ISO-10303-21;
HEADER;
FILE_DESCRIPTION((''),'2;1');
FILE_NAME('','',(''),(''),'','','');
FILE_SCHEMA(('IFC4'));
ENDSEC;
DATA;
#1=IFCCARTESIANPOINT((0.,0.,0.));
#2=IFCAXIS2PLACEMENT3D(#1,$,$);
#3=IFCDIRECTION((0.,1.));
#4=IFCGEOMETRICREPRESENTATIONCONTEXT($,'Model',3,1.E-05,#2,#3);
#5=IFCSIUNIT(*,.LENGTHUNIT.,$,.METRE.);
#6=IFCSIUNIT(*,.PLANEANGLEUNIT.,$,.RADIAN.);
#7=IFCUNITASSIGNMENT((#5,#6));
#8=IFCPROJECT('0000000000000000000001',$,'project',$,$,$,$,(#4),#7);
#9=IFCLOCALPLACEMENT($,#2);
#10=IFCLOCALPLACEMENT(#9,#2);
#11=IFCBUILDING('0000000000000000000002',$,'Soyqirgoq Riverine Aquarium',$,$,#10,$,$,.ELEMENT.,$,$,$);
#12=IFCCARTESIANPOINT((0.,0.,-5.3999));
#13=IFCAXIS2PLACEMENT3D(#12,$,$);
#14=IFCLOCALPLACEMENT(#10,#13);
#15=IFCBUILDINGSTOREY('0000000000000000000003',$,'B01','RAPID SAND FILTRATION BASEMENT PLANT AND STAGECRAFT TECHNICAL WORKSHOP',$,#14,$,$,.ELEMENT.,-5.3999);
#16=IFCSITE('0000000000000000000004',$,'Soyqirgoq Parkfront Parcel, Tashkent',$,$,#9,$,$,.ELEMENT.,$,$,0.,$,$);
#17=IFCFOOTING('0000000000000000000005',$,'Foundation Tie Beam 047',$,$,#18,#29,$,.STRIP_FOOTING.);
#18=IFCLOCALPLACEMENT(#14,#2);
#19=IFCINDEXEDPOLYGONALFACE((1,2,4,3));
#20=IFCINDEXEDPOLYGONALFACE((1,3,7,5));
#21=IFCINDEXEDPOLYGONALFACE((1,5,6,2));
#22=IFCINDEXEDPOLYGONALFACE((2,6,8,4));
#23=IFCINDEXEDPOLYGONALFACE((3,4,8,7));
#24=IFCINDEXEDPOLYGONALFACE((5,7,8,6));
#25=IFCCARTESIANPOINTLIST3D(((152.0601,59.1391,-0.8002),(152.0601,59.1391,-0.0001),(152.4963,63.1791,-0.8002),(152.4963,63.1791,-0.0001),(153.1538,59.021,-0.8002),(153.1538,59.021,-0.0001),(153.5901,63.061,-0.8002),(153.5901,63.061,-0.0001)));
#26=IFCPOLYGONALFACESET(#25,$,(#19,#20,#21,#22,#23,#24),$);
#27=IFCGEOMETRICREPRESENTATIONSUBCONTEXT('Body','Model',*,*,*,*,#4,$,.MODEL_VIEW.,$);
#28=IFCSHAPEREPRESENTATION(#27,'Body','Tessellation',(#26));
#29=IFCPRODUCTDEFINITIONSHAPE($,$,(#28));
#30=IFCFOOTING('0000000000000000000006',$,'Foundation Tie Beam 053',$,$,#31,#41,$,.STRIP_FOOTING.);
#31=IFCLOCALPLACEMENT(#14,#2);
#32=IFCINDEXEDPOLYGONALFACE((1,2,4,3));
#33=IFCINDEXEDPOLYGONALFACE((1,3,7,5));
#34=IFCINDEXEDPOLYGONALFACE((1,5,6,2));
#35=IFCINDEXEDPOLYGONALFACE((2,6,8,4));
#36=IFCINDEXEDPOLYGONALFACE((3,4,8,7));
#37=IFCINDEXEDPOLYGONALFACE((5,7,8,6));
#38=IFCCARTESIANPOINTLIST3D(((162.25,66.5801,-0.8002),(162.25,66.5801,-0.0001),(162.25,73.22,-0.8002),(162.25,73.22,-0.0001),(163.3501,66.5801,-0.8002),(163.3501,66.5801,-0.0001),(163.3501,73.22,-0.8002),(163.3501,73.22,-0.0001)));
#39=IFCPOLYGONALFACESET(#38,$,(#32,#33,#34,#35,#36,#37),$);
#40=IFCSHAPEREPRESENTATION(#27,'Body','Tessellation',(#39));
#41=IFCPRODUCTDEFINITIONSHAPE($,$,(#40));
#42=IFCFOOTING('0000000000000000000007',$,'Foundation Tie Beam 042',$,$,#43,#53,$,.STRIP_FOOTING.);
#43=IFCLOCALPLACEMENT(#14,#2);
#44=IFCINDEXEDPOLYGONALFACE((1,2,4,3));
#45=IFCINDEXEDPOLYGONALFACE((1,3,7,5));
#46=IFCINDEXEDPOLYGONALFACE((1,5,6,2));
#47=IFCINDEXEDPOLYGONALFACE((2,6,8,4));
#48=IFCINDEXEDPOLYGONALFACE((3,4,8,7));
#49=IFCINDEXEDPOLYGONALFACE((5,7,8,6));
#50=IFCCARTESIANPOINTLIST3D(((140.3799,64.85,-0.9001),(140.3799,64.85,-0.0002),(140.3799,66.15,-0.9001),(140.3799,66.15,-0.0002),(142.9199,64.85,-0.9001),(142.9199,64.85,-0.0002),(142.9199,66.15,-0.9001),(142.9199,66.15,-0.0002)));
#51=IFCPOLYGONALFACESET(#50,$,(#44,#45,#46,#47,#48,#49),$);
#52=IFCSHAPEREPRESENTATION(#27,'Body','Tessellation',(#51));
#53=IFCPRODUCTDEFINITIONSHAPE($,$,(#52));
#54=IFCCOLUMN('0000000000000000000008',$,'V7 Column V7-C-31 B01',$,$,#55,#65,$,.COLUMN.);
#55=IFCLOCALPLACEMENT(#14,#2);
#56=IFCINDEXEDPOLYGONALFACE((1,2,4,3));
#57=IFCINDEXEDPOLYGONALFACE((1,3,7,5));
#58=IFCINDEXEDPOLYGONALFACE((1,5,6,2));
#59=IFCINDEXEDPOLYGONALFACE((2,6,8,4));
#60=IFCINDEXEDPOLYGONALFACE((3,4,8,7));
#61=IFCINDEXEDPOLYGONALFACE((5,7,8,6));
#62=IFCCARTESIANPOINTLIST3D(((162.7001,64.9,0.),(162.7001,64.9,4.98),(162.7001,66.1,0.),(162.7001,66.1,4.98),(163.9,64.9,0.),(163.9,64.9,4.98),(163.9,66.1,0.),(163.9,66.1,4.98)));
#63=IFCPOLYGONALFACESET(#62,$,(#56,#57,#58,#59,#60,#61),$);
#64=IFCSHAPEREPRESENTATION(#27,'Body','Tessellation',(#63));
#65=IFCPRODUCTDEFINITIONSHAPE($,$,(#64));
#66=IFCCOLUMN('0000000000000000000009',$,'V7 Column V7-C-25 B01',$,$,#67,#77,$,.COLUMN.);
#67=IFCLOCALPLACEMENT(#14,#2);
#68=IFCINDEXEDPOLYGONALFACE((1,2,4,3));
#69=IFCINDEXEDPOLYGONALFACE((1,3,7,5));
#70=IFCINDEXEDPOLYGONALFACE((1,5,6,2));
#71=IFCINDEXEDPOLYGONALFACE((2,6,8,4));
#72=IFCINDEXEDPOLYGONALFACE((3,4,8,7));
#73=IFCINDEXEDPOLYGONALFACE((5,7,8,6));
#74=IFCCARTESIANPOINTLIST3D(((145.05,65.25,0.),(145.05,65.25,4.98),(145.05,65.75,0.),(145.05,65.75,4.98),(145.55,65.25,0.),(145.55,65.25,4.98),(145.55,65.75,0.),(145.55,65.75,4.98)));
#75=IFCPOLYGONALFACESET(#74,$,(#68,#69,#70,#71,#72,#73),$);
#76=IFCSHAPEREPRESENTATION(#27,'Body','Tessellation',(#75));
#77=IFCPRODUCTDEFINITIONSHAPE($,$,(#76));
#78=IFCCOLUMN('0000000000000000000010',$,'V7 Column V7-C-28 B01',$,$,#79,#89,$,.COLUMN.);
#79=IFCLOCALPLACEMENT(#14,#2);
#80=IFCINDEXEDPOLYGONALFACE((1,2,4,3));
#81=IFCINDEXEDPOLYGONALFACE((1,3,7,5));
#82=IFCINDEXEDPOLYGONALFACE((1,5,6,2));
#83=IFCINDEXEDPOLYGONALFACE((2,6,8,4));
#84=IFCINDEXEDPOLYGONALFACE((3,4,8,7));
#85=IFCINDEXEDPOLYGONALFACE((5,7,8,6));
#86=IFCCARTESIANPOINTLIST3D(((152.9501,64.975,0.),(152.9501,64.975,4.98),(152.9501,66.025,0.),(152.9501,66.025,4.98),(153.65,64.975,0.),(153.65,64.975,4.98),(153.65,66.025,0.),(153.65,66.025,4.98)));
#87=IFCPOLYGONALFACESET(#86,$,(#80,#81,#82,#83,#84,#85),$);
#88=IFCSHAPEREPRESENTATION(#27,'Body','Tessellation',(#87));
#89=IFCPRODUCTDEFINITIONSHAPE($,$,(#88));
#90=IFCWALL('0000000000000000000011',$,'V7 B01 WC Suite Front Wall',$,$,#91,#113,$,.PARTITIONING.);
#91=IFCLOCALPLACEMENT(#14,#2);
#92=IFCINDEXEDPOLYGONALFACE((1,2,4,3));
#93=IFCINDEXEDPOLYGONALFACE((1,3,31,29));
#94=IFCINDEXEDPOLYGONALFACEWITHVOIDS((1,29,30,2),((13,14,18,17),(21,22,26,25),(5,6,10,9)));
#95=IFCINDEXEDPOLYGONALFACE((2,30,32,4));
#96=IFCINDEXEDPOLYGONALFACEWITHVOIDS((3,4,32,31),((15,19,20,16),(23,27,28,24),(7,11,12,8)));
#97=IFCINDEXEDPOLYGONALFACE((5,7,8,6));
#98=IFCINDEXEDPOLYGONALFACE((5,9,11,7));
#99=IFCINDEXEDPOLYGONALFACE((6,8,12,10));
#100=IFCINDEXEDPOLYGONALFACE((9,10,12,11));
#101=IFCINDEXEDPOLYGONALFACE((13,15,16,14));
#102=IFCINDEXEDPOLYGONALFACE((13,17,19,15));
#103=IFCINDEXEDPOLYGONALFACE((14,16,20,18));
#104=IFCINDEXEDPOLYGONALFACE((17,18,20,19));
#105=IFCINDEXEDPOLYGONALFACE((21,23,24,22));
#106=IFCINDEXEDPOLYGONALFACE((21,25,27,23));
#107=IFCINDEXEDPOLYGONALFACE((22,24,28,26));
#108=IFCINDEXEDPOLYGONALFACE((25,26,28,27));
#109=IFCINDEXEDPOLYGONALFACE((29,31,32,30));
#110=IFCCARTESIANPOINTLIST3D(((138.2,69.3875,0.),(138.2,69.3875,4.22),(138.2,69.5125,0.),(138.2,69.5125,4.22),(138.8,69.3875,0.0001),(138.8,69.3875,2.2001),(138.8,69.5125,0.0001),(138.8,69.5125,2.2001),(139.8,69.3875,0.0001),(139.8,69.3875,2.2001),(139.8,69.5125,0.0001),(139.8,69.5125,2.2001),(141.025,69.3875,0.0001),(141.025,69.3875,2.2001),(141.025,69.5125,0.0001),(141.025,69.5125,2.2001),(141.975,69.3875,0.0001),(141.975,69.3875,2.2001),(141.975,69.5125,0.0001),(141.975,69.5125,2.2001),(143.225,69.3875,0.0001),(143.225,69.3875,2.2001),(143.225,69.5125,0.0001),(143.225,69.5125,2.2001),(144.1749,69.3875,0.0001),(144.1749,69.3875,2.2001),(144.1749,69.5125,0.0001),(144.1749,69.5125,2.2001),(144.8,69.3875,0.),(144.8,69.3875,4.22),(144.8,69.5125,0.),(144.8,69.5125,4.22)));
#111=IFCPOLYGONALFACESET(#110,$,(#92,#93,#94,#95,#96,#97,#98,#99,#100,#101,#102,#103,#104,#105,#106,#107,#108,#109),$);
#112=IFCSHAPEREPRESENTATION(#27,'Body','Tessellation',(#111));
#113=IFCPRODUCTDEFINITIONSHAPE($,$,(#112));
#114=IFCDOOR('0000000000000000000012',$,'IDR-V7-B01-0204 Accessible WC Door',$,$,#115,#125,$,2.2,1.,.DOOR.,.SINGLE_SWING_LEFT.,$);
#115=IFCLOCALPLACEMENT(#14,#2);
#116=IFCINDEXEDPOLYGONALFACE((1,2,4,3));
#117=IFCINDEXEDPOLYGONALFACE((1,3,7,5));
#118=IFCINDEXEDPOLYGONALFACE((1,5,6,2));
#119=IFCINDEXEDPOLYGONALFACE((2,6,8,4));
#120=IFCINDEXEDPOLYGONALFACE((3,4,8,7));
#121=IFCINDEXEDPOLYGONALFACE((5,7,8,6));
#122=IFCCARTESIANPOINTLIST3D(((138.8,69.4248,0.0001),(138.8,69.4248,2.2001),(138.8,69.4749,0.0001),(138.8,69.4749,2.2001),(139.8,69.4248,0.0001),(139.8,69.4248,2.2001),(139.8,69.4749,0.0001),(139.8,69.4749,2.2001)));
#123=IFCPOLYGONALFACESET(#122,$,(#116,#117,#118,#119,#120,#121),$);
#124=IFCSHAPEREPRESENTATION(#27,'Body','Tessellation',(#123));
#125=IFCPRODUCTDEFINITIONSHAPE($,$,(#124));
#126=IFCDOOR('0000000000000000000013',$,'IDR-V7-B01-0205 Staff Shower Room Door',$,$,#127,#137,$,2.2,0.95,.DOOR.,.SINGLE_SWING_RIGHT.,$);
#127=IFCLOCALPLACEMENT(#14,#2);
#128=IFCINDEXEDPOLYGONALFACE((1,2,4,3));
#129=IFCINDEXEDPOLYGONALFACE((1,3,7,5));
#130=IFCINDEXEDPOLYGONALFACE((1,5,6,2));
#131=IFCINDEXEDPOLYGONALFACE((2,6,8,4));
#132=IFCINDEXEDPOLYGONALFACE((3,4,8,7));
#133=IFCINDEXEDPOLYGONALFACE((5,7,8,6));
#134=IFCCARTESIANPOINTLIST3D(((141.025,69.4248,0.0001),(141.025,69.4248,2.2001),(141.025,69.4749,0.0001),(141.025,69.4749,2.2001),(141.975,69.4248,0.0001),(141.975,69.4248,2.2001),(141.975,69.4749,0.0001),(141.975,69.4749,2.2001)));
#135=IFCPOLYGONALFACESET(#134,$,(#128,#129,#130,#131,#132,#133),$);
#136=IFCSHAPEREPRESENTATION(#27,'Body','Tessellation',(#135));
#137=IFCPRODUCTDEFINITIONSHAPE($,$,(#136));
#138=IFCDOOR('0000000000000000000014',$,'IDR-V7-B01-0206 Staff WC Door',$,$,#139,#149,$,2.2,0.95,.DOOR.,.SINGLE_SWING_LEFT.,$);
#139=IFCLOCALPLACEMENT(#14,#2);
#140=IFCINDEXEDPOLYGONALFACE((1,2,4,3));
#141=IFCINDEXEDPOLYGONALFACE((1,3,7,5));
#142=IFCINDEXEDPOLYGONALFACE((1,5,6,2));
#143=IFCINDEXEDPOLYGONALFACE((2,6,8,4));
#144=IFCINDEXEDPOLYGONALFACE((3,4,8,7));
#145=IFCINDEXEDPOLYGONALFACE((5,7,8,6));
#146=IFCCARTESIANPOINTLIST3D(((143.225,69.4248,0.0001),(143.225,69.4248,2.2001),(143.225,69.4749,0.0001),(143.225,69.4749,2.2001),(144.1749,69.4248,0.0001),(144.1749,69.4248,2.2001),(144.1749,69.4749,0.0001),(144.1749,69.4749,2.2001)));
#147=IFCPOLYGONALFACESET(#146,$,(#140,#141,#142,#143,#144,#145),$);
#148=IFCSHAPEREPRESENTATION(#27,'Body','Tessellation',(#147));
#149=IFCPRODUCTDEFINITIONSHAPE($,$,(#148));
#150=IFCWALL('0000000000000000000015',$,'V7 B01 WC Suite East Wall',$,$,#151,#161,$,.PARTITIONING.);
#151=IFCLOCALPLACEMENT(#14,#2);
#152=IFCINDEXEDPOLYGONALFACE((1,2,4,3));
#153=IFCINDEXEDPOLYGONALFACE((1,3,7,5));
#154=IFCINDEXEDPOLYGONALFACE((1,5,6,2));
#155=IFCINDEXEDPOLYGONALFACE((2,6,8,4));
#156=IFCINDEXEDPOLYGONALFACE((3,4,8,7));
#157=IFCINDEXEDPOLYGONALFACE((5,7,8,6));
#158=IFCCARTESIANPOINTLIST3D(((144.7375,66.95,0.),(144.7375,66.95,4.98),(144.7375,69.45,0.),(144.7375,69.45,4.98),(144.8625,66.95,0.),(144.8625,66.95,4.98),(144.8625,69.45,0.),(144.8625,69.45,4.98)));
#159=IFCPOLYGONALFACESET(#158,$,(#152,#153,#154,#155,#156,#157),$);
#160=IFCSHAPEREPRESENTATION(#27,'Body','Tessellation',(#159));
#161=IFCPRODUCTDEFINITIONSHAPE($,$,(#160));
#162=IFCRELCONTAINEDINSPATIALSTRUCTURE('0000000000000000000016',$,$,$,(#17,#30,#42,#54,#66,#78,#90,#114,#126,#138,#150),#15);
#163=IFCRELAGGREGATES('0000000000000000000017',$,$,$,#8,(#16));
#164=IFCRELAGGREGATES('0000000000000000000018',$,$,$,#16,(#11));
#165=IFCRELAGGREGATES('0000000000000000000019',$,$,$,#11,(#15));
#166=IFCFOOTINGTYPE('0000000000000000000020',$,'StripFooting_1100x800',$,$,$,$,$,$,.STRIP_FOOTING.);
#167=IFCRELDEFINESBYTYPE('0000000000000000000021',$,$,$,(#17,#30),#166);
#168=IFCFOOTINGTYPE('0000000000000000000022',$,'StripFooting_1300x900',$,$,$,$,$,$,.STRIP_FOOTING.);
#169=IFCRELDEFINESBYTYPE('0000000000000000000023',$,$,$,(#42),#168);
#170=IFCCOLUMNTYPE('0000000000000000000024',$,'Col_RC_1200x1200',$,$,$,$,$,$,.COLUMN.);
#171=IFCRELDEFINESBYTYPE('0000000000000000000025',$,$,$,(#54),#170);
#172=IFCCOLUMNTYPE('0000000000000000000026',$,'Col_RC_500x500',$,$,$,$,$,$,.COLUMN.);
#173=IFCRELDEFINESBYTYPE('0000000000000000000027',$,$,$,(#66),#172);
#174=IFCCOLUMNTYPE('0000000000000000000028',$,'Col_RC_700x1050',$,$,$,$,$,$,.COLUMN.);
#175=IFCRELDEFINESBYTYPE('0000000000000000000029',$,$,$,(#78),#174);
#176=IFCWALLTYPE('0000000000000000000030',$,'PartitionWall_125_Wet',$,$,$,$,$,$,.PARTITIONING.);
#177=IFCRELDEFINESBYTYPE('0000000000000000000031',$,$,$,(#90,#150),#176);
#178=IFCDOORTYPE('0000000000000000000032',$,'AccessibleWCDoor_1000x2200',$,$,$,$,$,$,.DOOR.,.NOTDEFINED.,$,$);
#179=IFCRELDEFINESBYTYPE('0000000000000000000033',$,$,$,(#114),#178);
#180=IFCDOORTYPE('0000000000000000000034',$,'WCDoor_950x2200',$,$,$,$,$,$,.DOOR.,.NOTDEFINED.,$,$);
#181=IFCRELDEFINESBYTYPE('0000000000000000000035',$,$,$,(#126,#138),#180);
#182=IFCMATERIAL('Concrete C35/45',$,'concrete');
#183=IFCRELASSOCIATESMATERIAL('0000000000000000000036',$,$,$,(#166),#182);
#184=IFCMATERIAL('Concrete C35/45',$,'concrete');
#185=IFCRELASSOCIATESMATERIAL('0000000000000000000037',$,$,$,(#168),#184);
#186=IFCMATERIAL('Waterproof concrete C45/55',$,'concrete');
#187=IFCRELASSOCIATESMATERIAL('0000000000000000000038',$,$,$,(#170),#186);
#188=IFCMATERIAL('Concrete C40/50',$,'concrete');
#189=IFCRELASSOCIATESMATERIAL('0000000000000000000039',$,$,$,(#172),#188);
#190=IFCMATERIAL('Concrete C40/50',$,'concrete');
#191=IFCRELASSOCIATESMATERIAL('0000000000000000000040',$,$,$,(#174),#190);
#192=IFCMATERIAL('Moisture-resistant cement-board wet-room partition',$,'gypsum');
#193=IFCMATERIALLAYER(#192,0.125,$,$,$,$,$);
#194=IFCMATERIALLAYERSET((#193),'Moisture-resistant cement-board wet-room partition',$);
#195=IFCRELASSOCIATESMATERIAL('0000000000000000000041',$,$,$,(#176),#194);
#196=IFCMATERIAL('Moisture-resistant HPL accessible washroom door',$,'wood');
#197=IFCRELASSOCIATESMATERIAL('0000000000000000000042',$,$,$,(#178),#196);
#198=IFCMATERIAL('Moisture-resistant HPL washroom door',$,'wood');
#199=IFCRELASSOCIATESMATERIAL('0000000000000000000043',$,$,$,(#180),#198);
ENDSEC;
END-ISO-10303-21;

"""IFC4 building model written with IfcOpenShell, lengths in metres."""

from ifc_helpers import new_model, si_unit, direction, frame, frame_2d, origin, origin_2d, place, context, subcontext, project, spatial, rectangle, extrude, material, layer, layer_set, material_profile, profile_set, type_object, element, fill, save


model = new_model("IFC4")

# Units and contexts
model_context = context("Model", 3, precision=1e-05, world=origin(), true_north=direction((0.0, 1.0)))
body_context = subcontext(model_context, "Body", "Model", "MODEL_VIEW")
ifc_project = project(units=[si_unit("LENGTHUNIT", "METRE"), si_unit("PLANEANGLEUNIT", "RADIAN")], contexts=[model_context])

# Site, building, storey
site_placement = place(None, origin())
site = spatial("IfcSite", under=ifc_project, at=site_placement, Name="Soyqirgoq Parkfront Parcel, Tashkent", CompositionType="ELEMENT", RefElevation=0.0)
building_placement = place(site_placement, origin())
building = spatial("IfcBuilding", under=site, at=building_placement, Name="Soyqirgoq Riverine Aquarium", CompositionType="ELEMENT")
storey_placement = place(building_placement, frame((0.0, 0.0, -5.3999)))
storey = spatial("IfcBuildingStorey", under=building, at=storey_placement, Name="B01", Description="RAPID SAND FILTRATION BASEMENT PLANT AND STAGECRAFT TECHNICAL WORKSHOP", CompositionType="ELEMENT", Elevation=-5.3999)

# Footings
ifc_material_1 = material(Name="Concrete C35/45", Category="concrete")
ifc_material_profile_1 = material_profile(ifc_material_1, rectangle(XDim=1.1001, YDim=0.8, at=origin_2d()), Name="RC 1100x800")
ifc_profile_set_1 = profile_set([ifc_material_profile_1], Name="Concrete C35/45")
footing_type_1 = type_object("IfcFootingType", Name="StripFooting_1100x800", PredefinedType="STRIP_FOOTING", material=ifc_profile_set_1)
footing_1_placement = place(storey_placement, frame((152.6069, 59.0801, -0.4001), z_axis=(0.107365, 0.99422, 0.0), x_axis=(-0.99422, 0.107365, 0.0)))
element("IfcFooting", 1, at=footing_1_placement, inside=storey, type_object=footing_type_1, Name="Foundation Tie Beam 047", PredefinedType="STRIP_FOOTING", context=body_context, shape_type="SweptSolid", body=[
    extrude(rectangle(XDim=1.1001, YDim=0.8, at=origin_2d()), origin(), (0.0, 0.0, 1.0), 4.0635),
])
footing_2_placement = place(storey_placement, frame((162.8, 66.5801, -0.4001), z_axis=(0.0, 1.0, 0.0), x_axis=(-1.0, 0.0, 0.0)))
element("IfcFooting", 2, at=footing_2_placement, inside=storey, type_object=footing_type_1, Name="Foundation Tie Beam 053", PredefinedType="STRIP_FOOTING", context=body_context, shape_type="SweptSolid", body=[
    extrude(rectangle(XDim=1.1001, YDim=0.8, at=origin_2d()), origin(), (0.0, 0.0, 1.0), 6.6399),
])
ifc_material_2 = material(Name="Concrete C35/45", Category="concrete")
ifc_material_profile_2 = material_profile(ifc_material_2, rectangle(XDim=1.3, YDim=0.8999, at=origin_2d()), Name="RC 1300x900")
ifc_profile_set_2 = profile_set([ifc_material_profile_2], Name="Concrete C35/45")
footing_type_2 = type_object("IfcFootingType", Name="StripFooting_1300x900", PredefinedType="STRIP_FOOTING", material=ifc_profile_set_2)
footing_3_placement = place(storey_placement, frame((140.3799, 65.5, -0.4502), z_axis=(1.0, 0.0, 0.0), x_axis=(0.0, 1.0, 0.0)))
element("IfcFooting", 3, at=footing_3_placement, inside=storey, type_object=footing_type_2, Name="Foundation Tie Beam 042", PredefinedType="STRIP_FOOTING", context=body_context, shape_type="SweptSolid", body=[
    extrude(rectangle(XDim=1.3, YDim=0.8999, at=origin_2d()), origin(), (0.0, 0.0, 1.0), 2.54),
])

# Columns
ifc_material_3 = material(Name="Waterproof concrete C45/55", Category="concrete")
ifc_material_profile_3 = material_profile(ifc_material_3, rectangle(XDim=1.2, YDim=1.2, at=origin_2d()), Name="RC 1200x1200")
ifc_profile_set_3 = profile_set([ifc_material_profile_3], Name="Waterproof concrete C45/55")
column_type_1 = type_object("IfcColumnType", Name="Col_RC_1200x1200", PredefinedType="COLUMN", material=ifc_profile_set_3)
column_1_placement = place(storey_placement, frame((163.3, 65.5, 0.0), z_axis=(0.0, 0.0, 1.0), x_axis=(1.0, 0.0, 0.0)))
element("IfcColumn", 4, at=column_1_placement, inside=storey, type_object=column_type_1, Name="V7 Column V7-C-31 B01", PredefinedType="COLUMN", context=body_context, shape_type="SweptSolid", body=[
    extrude(rectangle(XDim=1.2, YDim=1.2, at=origin_2d()), origin(), (0.0, 0.0, 1.0), 4.98),
])
ifc_material_4 = material(Name="Concrete C40/50", Category="concrete")
ifc_material_profile_4 = material_profile(ifc_material_4, rectangle(XDim=0.5, YDim=0.5, at=origin_2d()), Name="RC 500x500")
ifc_profile_set_4 = profile_set([ifc_material_profile_4], Name="Concrete C40/50")
column_type_2 = type_object("IfcColumnType", Name="Col_RC_500x500", PredefinedType="COLUMN", material=ifc_profile_set_4)
column_2_placement = place(storey_placement, frame((145.3, 65.5, 0.0), z_axis=(0.0, 0.0, 1.0), x_axis=(1.0, 0.0, 0.0)))
element("IfcColumn", 5, at=column_2_placement, inside=storey, type_object=column_type_2, Name="V7 Column V7-C-25 B01", PredefinedType="COLUMN", context=body_context, shape_type="SweptSolid", body=[
    extrude(rectangle(XDim=0.5, YDim=0.5, at=origin_2d()), origin(), (0.0, 0.0, 1.0), 4.98),
])
ifc_material_5 = material(Name="Concrete C40/50", Category="concrete")
ifc_material_profile_5 = material_profile(ifc_material_5, rectangle(XDim=0.7, YDim=1.05, at=origin_2d()), Name="RC-COL 700x1050")
ifc_profile_set_5 = profile_set([ifc_material_profile_5], Name="Concrete C40/50")
column_type_3 = type_object("IfcColumnType", Name="Col_RC_700x1050", PredefinedType="COLUMN", material=ifc_profile_set_5)
column_3_placement = place(storey_placement, frame((153.3, 65.5, 0.0), z_axis=(0.0, 0.0, 1.0), x_axis=(1.0, 0.0, 0.0)))
element("IfcColumn", 6, at=column_3_placement, inside=storey, type_object=column_type_3, Name="V7 Column V7-C-28 B01", PredefinedType="COLUMN", context=body_context, shape_type="SweptSolid", body=[
    extrude(rectangle(XDim=0.7, YDim=1.05, at=origin_2d()), origin(), (0.0, 0.0, 1.0), 4.98),
])

# Wall, openings, doors
ifc_material_6 = material(Name="Moisture-resistant cement-board wet-room partition", Category="gypsum")
ifc_layer = layer(ifc_material_6, 0.125)
ifc_layer_set = layer_set([ifc_layer], Name="Moisture-resistant cement-board wet-room partition")
wall_type = type_object("IfcWallType", Name="PartitionWall_125_Wet", PredefinedType="PARTITIONING", material=ifc_layer_set)
wall_1_placement = place(storey_placement, frame((138.2, 69.45, 0.0), z_axis=(0.0, 0.0, 1.0), x_axis=(1.0, 0.0, 0.0)))
wall_1 = element("IfcWall", 7, at=wall_1_placement, inside=storey, type_object=wall_type, Name="V7 B01 WC Suite Front Wall", PredefinedType="PARTITIONING", context=body_context, shape_type="SweptSolid", body=[
    extrude(rectangle(XDim=6.6001, YDim=0.125, at=frame_2d((3.3, 0.0))), origin(), (0.0, 0.0, 1.0), 4.22),
])
opening_1_placement = place(wall_1_placement, frame((0.6001, 0.0, 0.0)))
opening_1 = element("IfcOpeningElement", 8, at=opening_1_placement, cuts=wall_1, PredefinedType="OPENING", context=body_context, shape_type="SweptSolid", body=[
    extrude(rectangle(XDim=1.0, YDim=2.2, at=frame_2d((0.5, 1.1001))), frame((0.0, 0.0725, 0.0), z_axis=(0.0, -1.0, 0.0), x_axis=(1.0, 0.0, 0.0)), (0.0, 0.0, 1.0), 0.145),
])
opening_2_placement = place(wall_1_placement, frame((2.825, 0.0, 0.0)))
opening_2 = element("IfcOpeningElement", 9, at=opening_2_placement, cuts=wall_1, PredefinedType="OPENING", context=body_context, shape_type="SweptSolid", body=[
    extrude(rectangle(XDim=0.95, YDim=2.2, at=frame_2d((0.4751, 1.1001))), frame((0.0, 0.0725, 0.0), z_axis=(0.0, -1.0, 0.0), x_axis=(1.0, 0.0, 0.0)), (0.0, 0.0, 1.0), 0.145),
])
opening_3_placement = place(wall_1_placement, frame((5.0249, 0.0, 0.0)))
opening_3 = element("IfcOpeningElement", 10, at=opening_3_placement, cuts=wall_1, PredefinedType="OPENING", context=body_context, shape_type="SweptSolid", body=[
    extrude(rectangle(XDim=0.95, YDim=2.2, at=frame_2d((0.4751, 1.1001))), frame((0.0, 0.0725, 0.0), z_axis=(0.0, -1.0, 0.0), x_axis=(1.0, 0.0, 0.0)), (0.0, 0.0, 1.0), 0.145),
])
ifc_material_7 = material(Name="Moisture-resistant HPL accessible washroom door", Category="wood")
door_type_1 = type_object("IfcDoorType", Name="AccessibleWCDoor_1000x2200", OperationType="NOTDEFINED", PredefinedType="DOOR", material=ifc_material_7)
door_1_placement = place(opening_1_placement, origin())
door_1 = element("IfcDoor", 11, at=door_1_placement, inside=storey, type_object=door_type_1, Name="IDR-V7-B01-0204 Accessible WC Door", OperationType="SINGLE_SWING_LEFT", OverallHeight=2.2, OverallWidth=1.0, PredefinedType="DOOR", context=body_context, shape_type="SweptSolid", body=[
    extrude(rectangle(XDim=1.0, YDim=2.2, at=frame_2d((0.5, 1.1001))), frame((0.0, 0.0249, 0.0), z_axis=(0.0, -1.0, 0.0), x_axis=(1.0, 0.0, 0.0)), (0.0, 0.0, 1.0), 0.05),
])
fill(opening_1, door_1)
ifc_material_8 = material(Name="Moisture-resistant HPL washroom door", Category="wood")
door_type_2 = type_object("IfcDoorType", Name="WCDoor_950x2200", OperationType="NOTDEFINED", PredefinedType="DOOR", material=ifc_material_8)
door_2_placement = place(opening_2_placement, origin())
door_2 = element("IfcDoor", 12, at=door_2_placement, inside=storey, type_object=door_type_2, Name="IDR-V7-B01-0205 Staff Shower Room Door", OperationType="SINGLE_SWING_RIGHT", OverallHeight=2.2, OverallWidth=0.95, PredefinedType="DOOR", context=body_context, shape_type="SweptSolid", body=[
    extrude(rectangle(XDim=0.95, YDim=2.2, at=frame_2d((0.4751, 1.1001))), frame((0.0, 0.0249, 0.0), z_axis=(0.0, -1.0, 0.0), x_axis=(1.0, 0.0, 0.0)), (0.0, 0.0, 1.0), 0.05),
])
fill(opening_2, door_2)
door_3_placement = place(opening_3_placement, origin())
door_3 = element("IfcDoor", 13, at=door_3_placement, inside=storey, type_object=door_type_2, Name="IDR-V7-B01-0206 Staff WC Door", OperationType="SINGLE_SWING_LEFT", OverallHeight=2.2, OverallWidth=0.95, PredefinedType="DOOR", context=body_context, shape_type="SweptSolid", body=[
    extrude(rectangle(XDim=0.95, YDim=2.2, at=frame_2d((0.4751, 1.1001))), frame((0.0, 0.0249, 0.0), z_axis=(0.0, -1.0, 0.0), x_axis=(1.0, 0.0, 0.0)), (0.0, 0.0, 1.0), 0.05),
])
fill(opening_3, door_3)

# Wall
wall_2_placement = place(storey_placement, frame((144.8, 66.95, 0.0), z_axis=(0.0, 0.0, 1.0), x_axis=(0.0, 1.0, 0.0)))
element("IfcWall", 14, at=wall_2_placement, inside=storey, type_object=wall_type, Name="V7 B01 WC Suite East Wall", PredefinedType="PARTITIONING", context=body_context, shape_type="SweptSolid", body=[
    extrude(rectangle(XDim=2.5, YDim=0.125, at=frame_2d((1.25, 0.0))), origin(), (0.0, 0.0, 1.0), 4.98),
])

save(model, "model.ifc")
